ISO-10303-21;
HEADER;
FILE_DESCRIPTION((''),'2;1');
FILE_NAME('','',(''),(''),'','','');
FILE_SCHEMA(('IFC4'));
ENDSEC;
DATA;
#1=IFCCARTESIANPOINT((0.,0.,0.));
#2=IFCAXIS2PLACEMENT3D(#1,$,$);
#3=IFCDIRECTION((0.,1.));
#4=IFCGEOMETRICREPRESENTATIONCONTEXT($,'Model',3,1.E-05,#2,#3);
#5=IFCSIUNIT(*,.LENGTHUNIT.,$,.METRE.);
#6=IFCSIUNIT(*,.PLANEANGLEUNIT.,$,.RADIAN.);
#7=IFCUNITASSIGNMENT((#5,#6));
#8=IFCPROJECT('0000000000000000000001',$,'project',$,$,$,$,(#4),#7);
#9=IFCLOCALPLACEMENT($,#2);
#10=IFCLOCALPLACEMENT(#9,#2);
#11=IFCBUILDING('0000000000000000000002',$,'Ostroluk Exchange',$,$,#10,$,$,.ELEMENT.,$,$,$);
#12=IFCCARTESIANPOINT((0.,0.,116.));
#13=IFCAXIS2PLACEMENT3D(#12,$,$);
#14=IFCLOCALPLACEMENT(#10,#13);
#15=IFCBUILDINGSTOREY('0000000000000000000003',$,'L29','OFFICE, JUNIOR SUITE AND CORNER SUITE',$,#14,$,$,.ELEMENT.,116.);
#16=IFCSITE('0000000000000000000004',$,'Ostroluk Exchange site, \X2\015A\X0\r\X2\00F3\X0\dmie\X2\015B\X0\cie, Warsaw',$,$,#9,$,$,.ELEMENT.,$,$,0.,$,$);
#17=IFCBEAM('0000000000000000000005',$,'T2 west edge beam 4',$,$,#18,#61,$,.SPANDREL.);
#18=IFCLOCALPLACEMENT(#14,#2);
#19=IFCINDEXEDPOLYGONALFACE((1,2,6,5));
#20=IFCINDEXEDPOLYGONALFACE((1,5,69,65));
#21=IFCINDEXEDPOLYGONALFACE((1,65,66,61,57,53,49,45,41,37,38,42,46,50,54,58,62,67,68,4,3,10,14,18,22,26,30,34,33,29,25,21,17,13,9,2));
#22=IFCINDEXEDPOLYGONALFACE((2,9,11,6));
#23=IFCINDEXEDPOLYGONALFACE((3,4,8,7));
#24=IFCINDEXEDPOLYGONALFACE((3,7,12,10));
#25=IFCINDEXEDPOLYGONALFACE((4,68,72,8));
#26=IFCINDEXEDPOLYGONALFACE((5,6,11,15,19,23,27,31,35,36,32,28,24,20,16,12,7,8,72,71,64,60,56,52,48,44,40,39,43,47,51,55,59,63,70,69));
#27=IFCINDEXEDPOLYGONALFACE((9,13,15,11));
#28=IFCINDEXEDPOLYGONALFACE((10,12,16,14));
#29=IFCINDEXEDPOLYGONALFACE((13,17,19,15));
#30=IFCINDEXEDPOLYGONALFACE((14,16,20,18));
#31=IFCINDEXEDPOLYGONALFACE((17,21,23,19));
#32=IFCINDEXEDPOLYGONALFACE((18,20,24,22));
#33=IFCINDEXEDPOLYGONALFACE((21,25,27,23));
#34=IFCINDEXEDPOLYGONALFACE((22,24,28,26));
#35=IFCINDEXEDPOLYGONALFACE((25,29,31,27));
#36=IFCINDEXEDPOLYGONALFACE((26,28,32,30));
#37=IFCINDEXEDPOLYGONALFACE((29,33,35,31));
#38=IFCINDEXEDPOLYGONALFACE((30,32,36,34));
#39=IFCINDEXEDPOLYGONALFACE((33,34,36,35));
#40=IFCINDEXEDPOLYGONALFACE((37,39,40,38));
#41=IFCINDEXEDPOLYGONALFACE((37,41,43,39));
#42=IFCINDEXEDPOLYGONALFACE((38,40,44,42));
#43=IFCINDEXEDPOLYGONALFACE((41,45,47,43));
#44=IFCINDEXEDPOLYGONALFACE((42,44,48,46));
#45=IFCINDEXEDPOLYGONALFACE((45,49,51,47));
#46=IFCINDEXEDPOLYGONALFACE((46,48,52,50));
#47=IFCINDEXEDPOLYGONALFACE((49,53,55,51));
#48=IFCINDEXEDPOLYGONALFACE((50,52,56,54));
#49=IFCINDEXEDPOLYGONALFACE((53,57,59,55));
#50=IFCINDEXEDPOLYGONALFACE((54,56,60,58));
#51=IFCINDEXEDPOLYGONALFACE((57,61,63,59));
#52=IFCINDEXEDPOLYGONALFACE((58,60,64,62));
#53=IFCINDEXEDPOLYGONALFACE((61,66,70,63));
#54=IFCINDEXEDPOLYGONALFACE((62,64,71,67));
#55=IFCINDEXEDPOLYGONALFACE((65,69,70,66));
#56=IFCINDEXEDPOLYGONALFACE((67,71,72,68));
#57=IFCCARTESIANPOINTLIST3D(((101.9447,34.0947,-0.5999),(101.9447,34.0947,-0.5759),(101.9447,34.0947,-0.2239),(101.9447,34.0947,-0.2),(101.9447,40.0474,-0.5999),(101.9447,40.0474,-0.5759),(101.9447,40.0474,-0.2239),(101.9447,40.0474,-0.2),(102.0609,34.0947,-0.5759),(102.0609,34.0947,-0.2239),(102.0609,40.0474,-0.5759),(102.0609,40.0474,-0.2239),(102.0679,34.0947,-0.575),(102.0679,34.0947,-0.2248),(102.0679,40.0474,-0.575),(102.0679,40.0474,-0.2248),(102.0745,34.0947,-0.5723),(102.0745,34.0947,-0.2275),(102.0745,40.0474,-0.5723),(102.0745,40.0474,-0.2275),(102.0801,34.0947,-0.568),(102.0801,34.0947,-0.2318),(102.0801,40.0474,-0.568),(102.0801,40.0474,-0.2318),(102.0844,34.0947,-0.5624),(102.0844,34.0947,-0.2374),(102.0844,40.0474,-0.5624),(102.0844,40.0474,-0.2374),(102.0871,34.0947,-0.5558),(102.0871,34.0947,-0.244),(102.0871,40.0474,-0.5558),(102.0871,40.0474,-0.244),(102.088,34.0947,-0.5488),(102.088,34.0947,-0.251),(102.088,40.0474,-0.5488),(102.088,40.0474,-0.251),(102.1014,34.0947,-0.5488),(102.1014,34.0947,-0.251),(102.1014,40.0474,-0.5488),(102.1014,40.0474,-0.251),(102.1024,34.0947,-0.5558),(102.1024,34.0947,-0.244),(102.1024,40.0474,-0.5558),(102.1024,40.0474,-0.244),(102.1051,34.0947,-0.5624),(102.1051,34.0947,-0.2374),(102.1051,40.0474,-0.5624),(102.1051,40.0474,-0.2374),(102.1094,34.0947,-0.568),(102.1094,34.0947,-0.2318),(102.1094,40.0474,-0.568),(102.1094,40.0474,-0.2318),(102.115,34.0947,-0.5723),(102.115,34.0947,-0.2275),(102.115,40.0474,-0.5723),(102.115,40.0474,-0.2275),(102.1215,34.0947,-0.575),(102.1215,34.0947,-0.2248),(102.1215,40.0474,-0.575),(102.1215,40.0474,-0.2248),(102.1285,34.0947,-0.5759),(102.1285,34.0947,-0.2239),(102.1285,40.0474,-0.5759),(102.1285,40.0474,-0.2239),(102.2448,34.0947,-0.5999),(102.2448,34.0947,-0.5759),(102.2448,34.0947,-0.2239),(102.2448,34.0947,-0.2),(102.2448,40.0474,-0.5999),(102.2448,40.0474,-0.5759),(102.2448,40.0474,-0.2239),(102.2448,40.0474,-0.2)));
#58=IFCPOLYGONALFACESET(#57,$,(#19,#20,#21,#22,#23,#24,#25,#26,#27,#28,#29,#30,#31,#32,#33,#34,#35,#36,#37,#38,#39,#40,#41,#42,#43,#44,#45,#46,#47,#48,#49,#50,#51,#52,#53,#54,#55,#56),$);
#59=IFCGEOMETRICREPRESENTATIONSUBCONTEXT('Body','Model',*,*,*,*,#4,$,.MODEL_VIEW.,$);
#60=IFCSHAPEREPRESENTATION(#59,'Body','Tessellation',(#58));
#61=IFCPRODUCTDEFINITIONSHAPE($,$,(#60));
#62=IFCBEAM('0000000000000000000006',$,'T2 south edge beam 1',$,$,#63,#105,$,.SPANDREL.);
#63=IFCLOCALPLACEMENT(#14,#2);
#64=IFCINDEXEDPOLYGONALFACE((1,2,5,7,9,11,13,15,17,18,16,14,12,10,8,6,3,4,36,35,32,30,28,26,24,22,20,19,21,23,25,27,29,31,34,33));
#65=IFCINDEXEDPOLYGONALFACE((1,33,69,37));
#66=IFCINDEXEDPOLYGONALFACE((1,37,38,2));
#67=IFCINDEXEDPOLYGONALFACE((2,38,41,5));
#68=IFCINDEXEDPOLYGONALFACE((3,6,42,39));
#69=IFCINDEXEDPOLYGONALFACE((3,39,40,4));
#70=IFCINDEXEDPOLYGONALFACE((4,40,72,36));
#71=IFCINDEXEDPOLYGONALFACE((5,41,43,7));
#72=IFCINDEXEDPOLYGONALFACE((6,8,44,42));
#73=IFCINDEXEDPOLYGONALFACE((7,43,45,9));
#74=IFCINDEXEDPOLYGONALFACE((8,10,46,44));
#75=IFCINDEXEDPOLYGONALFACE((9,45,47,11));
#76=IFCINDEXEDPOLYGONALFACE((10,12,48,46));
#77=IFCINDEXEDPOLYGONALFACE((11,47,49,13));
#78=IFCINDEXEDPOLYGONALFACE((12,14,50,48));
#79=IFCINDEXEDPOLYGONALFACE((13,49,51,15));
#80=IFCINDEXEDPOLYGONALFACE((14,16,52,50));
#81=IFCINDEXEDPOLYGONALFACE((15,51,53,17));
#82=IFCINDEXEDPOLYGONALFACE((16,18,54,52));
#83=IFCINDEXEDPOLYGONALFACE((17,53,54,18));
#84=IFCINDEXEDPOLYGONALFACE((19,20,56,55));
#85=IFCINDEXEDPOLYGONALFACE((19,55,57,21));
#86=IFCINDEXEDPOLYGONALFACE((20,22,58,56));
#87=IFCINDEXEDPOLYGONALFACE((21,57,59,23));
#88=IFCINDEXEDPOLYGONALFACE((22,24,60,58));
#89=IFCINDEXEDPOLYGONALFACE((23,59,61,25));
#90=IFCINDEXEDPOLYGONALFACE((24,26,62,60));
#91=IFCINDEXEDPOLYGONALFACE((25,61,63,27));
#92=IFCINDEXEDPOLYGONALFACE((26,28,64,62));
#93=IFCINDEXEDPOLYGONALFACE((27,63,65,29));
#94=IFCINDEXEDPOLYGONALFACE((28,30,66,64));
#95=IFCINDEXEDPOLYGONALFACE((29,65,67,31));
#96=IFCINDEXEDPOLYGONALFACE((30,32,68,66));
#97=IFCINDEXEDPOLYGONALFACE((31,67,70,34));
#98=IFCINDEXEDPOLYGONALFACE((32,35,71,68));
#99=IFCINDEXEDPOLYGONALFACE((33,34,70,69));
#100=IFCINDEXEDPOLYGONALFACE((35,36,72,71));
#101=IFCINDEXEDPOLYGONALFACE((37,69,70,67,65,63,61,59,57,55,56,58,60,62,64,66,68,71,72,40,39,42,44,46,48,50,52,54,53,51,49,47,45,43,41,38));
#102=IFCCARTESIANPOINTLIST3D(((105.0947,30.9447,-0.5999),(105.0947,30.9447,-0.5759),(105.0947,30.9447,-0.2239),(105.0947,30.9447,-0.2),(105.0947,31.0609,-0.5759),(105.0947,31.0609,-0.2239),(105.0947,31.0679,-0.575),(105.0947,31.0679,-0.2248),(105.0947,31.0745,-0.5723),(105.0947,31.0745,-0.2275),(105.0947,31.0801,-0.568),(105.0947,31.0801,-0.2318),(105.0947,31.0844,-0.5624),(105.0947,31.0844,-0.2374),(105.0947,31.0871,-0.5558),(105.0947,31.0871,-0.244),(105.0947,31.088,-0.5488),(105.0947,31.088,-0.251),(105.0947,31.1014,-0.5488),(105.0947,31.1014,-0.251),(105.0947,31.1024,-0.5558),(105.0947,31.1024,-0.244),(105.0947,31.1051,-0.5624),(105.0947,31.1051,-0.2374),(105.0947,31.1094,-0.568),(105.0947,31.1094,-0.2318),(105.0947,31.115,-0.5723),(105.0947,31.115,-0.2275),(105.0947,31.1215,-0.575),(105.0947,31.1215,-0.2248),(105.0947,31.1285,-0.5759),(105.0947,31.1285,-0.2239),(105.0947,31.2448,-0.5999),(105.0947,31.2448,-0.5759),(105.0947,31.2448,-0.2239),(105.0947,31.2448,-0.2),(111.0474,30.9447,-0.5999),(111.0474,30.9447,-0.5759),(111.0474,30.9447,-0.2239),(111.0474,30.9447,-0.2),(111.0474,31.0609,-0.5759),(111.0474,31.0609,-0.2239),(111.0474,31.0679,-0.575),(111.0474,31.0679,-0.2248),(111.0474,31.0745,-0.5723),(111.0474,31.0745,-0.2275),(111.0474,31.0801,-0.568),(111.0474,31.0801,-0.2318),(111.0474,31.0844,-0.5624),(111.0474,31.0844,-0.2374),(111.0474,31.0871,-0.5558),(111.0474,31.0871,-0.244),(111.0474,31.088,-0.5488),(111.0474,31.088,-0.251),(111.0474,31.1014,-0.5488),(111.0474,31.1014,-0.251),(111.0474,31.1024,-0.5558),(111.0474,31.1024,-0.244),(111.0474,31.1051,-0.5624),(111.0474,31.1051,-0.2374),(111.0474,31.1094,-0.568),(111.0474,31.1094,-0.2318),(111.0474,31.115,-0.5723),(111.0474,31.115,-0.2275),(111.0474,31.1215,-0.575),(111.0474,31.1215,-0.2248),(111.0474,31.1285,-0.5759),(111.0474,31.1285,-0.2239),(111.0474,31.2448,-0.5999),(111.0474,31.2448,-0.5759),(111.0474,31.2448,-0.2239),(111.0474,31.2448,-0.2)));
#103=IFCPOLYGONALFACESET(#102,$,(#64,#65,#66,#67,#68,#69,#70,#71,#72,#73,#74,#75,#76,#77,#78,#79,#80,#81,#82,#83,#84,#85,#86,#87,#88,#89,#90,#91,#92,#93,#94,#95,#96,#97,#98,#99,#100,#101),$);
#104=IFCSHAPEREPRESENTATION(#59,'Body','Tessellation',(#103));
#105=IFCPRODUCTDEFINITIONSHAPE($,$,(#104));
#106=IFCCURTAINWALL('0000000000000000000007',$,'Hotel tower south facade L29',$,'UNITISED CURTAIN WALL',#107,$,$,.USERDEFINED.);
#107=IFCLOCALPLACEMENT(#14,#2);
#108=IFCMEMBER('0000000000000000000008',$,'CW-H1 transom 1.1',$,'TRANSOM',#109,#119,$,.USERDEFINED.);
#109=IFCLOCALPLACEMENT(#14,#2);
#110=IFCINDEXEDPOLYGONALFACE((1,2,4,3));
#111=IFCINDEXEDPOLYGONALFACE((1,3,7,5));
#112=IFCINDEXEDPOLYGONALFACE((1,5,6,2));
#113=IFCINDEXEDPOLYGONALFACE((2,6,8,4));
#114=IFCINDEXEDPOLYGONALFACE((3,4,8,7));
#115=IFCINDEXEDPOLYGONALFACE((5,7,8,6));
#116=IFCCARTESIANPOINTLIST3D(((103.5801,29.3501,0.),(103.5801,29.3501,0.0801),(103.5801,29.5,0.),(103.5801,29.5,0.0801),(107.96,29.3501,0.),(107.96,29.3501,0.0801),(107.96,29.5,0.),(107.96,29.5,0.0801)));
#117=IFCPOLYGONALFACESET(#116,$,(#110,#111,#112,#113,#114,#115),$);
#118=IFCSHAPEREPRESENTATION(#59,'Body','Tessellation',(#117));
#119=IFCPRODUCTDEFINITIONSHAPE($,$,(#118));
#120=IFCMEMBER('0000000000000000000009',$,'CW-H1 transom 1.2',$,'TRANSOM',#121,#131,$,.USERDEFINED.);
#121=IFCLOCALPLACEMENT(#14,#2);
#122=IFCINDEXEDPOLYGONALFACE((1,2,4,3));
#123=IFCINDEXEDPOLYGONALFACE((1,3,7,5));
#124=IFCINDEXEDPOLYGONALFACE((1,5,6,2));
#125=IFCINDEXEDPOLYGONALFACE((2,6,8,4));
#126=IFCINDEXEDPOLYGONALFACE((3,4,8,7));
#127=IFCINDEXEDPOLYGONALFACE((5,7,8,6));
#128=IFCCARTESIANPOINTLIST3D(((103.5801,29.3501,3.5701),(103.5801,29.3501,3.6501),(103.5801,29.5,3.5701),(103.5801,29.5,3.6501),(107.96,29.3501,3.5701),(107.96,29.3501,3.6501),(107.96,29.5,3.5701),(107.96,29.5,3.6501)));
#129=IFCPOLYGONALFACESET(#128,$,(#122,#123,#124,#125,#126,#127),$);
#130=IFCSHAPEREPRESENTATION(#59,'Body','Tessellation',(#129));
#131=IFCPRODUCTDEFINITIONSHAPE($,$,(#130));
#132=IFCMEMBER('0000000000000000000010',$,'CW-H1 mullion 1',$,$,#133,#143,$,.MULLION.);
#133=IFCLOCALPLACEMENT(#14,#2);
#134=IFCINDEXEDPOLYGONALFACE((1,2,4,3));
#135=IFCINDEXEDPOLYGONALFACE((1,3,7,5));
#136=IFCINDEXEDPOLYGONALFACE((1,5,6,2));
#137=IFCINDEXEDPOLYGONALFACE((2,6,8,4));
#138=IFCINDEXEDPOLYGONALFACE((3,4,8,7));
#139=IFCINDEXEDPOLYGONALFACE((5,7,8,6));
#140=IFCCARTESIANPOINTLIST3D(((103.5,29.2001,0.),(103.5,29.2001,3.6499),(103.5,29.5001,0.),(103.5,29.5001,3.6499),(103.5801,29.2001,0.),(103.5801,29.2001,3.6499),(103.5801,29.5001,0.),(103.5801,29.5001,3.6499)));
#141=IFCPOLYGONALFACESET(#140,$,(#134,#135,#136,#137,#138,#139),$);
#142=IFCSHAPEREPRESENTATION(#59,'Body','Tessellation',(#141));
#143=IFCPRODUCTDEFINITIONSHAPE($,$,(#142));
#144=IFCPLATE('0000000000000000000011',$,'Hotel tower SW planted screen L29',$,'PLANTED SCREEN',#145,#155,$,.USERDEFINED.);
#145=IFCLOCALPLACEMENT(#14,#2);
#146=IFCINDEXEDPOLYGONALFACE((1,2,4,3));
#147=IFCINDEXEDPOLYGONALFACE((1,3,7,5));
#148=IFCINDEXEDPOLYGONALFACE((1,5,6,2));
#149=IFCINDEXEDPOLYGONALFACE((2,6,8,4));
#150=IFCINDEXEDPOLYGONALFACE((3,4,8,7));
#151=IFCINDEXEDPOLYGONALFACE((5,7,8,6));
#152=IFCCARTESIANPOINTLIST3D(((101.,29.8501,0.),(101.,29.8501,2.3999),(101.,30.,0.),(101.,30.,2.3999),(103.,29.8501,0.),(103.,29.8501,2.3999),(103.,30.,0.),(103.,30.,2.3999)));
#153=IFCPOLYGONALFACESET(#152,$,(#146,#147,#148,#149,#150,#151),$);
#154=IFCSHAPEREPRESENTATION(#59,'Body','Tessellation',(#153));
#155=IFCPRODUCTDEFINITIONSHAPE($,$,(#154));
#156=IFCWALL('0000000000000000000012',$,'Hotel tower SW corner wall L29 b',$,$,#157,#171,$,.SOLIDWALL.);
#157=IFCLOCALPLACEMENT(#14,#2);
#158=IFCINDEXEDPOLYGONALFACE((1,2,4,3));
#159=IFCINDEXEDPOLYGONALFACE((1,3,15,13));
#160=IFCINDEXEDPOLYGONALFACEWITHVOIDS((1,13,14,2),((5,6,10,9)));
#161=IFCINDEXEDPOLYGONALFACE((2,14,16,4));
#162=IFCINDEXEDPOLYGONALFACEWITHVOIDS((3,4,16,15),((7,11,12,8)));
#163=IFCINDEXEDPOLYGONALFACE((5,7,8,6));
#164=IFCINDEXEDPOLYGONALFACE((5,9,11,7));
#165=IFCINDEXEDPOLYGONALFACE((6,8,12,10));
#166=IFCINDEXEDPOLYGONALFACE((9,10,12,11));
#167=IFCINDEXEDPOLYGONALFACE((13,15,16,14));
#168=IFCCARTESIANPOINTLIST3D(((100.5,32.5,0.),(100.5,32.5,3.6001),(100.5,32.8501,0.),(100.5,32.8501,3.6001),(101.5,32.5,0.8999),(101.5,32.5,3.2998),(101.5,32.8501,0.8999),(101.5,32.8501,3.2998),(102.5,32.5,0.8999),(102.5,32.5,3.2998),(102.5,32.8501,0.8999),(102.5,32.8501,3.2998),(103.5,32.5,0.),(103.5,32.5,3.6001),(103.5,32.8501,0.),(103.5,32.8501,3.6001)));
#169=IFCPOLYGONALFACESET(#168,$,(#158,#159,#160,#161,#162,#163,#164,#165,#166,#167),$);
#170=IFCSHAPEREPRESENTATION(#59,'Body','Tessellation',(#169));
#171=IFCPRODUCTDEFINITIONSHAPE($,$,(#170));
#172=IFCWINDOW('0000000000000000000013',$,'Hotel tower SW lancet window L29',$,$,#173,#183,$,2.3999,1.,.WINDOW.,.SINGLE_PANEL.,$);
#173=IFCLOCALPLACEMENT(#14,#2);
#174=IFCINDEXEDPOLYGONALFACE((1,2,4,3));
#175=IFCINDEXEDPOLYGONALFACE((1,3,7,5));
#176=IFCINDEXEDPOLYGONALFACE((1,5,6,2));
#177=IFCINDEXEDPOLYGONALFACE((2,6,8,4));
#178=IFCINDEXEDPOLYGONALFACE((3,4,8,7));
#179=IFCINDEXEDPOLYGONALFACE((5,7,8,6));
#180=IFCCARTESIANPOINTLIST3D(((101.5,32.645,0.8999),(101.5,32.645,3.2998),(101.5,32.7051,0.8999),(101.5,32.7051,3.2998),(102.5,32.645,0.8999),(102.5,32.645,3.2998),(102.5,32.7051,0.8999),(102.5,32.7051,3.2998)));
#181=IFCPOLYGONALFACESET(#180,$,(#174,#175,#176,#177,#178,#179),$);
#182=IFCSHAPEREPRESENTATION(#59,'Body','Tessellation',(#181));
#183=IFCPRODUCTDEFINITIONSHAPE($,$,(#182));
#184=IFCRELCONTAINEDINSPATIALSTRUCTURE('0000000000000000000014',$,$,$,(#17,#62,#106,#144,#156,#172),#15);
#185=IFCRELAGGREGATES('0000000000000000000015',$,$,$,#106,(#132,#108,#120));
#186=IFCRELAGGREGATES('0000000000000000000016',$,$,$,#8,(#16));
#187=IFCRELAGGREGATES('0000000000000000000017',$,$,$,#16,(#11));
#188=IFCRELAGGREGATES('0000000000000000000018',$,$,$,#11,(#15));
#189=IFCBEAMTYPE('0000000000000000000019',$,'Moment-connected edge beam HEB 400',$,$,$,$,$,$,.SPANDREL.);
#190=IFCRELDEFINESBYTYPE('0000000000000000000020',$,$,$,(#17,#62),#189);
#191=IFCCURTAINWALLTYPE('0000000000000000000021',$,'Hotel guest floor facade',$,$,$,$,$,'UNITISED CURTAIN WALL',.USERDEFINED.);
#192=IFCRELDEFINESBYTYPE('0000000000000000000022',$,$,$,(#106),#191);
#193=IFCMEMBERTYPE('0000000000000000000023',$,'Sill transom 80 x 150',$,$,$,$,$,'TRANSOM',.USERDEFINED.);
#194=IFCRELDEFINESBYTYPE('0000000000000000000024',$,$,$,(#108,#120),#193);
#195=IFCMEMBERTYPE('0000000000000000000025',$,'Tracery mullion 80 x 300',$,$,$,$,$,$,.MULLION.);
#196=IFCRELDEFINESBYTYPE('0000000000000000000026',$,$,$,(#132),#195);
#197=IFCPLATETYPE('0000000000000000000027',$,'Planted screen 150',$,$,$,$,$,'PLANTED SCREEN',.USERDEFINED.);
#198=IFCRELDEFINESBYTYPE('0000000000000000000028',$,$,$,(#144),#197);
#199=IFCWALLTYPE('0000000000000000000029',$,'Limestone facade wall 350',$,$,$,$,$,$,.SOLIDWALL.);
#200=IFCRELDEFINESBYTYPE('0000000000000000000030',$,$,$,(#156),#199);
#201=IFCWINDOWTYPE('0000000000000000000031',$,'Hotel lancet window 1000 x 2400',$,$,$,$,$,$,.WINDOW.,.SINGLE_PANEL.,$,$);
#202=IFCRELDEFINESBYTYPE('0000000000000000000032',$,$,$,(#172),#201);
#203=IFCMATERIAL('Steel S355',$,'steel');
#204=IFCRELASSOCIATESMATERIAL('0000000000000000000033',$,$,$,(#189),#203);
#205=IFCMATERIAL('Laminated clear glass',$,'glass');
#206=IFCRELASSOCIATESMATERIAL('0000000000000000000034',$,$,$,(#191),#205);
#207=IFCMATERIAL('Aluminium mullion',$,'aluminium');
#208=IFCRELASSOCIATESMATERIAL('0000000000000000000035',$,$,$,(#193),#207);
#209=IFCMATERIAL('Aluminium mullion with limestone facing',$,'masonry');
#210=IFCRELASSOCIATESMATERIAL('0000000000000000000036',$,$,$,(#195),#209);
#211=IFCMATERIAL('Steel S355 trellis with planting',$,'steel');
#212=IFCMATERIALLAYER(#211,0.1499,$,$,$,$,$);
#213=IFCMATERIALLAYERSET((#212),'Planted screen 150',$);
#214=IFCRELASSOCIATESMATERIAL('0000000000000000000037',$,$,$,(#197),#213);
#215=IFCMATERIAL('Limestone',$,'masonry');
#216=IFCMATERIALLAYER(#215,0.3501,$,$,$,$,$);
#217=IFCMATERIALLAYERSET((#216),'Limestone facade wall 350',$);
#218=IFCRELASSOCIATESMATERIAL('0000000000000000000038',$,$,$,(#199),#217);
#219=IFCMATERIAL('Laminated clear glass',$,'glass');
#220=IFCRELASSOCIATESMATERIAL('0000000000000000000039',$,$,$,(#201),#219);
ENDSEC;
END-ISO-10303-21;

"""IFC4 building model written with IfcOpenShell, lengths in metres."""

from ifc_helpers import new_model, si_unit, direction, frame, frame_2d, origin, origin_2d, place, context, subcontext, project, spatial, rectangle, i_section, extrude, material, layer, layer_set, material_profile, profile_set, type_object, element, fill, aggregate, save


model = new_model("IFC4")

# Units and contexts
model_context = context("Model", 3, precision=1e-05, world=origin(), true_north=direction((0.0, 1.0)))
body_context = subcontext(model_context, "Body", "Model", "MODEL_VIEW")
ifc_project = project(units=[si_unit("LENGTHUNIT", "METRE"), si_unit("PLANEANGLEUNIT", "RADIAN")], contexts=[model_context])

# Site, building, storey
site_placement = place(None, origin())
site = spatial("IfcSite", under=ifc_project, at=site_placement, Name="Ostroluk Exchange site, Śródmieście, Warsaw", CompositionType="ELEMENT", RefElevation=0.0)
building_placement = place(site_placement, origin())
building = spatial("IfcBuilding", under=site, at=building_placement, Name="Ostroluk Exchange", CompositionType="ELEMENT")
storey_placement = place(building_placement, frame((0.0, 0.0, 116.0)))
storey = spatial("IfcBuildingStorey", under=building, at=storey_placement, Name="L29", Description="OFFICE, JUNIOR SUITE AND CORNER SUITE", CompositionType="ELEMENT", Elevation=116.0)

# Beams
ifc_material_1 = material(Name="Steel S355", Category="steel")
ifc_material_profile_1 = material_profile(ifc_material_1, i_section(OverallWidth=0.3, OverallDepth=0.3999, WebThickness=0.0134, FlangeThickness=0.0239, FilletRadius=0.0271, at=origin_2d()), Name="HEB 400")
ifc_profile_set_1 = profile_set([ifc_material_profile_1], Name="Steel S355")
beam_type_1 = type_object("IfcBeamType", Name="Moment-connected edge beam HEB 400", PredefinedType="SPANDREL", material=ifc_profile_set_1)
for number, where, z_axis, x_axis, name in (
    (1, (102.0947, 40.0474, -0.3999), (0.0, -1.0, 0.0), (1.0, 0.0, 0.0), "T2 west edge beam 4"),
    (2, (105.0947, 31.0947, -0.3999), (1.0, 0.0, 0.0), (0.0, 1.0, 0.0), "T2 south edge beam 1"),
):
    element("IfcBeam", number, at=place(storey_placement, frame(where, z_axis=z_axis, x_axis=x_axis)), inside=storey, type_object=beam_type_1, Name=name, PredefinedType="SPANDREL", context=body_context, shape_type="SweptSolid", body=[
        extrude(i_section(OverallWidth=0.3, OverallDepth=0.3999, WebThickness=0.0134, FlangeThickness=0.0239, FilletRadius=0.0271, at=origin_2d()), origin(), (0.0, 0.0, 1.0), 5.9526),
    ])

# Curtain wall, members
ifc_material_2 = material(Name="Laminated clear glass", Category="glass")
curtain_wall_type = type_object("IfcCurtainWallType", Name="Hotel guest floor facade", ElementType="UNITISED CURTAIN WALL", PredefinedType="USERDEFINED", material=ifc_material_2)
curtain_wall_placement = place(storey_placement, origin())
curtain_wall = element("IfcCurtainWall", 3, at=curtain_wall_placement, inside=storey, type_object=curtain_wall_type, Name="Hotel tower south facade L29", ObjectType="UNITISED CURTAIN WALL", PredefinedType="USERDEFINED")
ifc_material_3 = material(Name="Aluminium mullion", Category="aluminium")
ifc_material_profile_2 = material_profile(ifc_material_3, rectangle(XDim=0.1499, YDim=0.0801, at=origin_2d()), Name="Sill transom 80 x 150")
ifc_profile_set_2 = profile_set([ifc_material_profile_2], Name="Aluminium mullion")
member_type_1 = type_object("IfcMemberType", Name="Sill transom 80 x 150", ElementType="TRANSOM", PredefinedType="USERDEFINED", material=ifc_profile_set_2)
member_1_placement = place(storey_placement, frame((103.5801, 29.425, 0.04), z_axis=(1.0, 0.0, 0.0), x_axis=(0.0, 1.0, 0.0)))
member_1 = element("IfcMember", 4, at=member_1_placement, type_object=member_type_1, Name="CW-H1 transom 1.1", ObjectType="TRANSOM", PredefinedType="USERDEFINED", context=body_context, shape_type="SweptSolid", body=[
    extrude(rectangle(XDim=0.1499, YDim=0.0801, at=origin_2d()), origin(), (0.0, 0.0, 1.0), 4.3799),
])
member_2_placement = place(storey_placement, frame((103.5801, 29.425, 3.6101), z_axis=(1.0, 0.0, 0.0), x_axis=(0.0, 1.0, 0.0)))
member_2 = element("IfcMember", 5, at=member_2_placement, type_object=member_type_1, Name="CW-H1 transom 1.2", ObjectType="TRANSOM", PredefinedType="USERDEFINED", context=body_context, shape_type="SweptSolid", body=[
    extrude(rectangle(XDim=0.1499, YDim=0.0801, at=origin_2d()), origin(), (0.0, 0.0, 1.0), 4.3799),
])
ifc_material_4 = material(Name="Aluminium mullion with limestone facing", Category="masonry")
ifc_material_profile_3 = material_profile(ifc_material_4, rectangle(XDim=0.3, YDim=0.0801, at=origin_2d()), Name="Tracery mullion 80 x 300")
ifc_profile_set_3 = profile_set([ifc_material_profile_3], Name="Aluminium mullion with limestone facing")
member_type_2 = type_object("IfcMemberType", Name="Tracery mullion 80 x 300", PredefinedType="MULLION", material=ifc_profile_set_3)
member_3_placement = place(storey_placement, frame((103.54, 29.3501, 0.0), z_axis=(0.0, 0.0, 1.0), x_axis=(0.0, 1.0, 0.0)))
member_3 = element("IfcMember", 6, at=member_3_placement, type_object=member_type_2, Name="CW-H1 mullion 1", PredefinedType="MULLION", context=body_context, shape_type="SweptSolid", body=[
    extrude(rectangle(XDim=0.3, YDim=0.0801, at=origin_2d()), origin(), (0.0, 0.0, 1.0), 3.6499),
])
aggregate(curtain_wall, [member_3, member_1, member_2])

# Plate
ifc_material_5 = material(Name="Steel S355 trellis with planting", Category="steel")
ifc_layer_1 = layer(ifc_material_5, 0.1499)
ifc_layer_set_1 = layer_set([ifc_layer_1], Name="Planted screen 150")
plate_type = type_object("IfcPlateType", Name="Planted screen 150", ElementType="PLANTED SCREEN", PredefinedType="USERDEFINED", material=ifc_layer_set_1)
plate_placement = place(storey_placement, frame((102.0, 29.925, 0.0), z_axis=(0.0, 0.0, 1.0), x_axis=(1.0, 0.0, 0.0)))
element("IfcPlate", 7, at=plate_placement, inside=storey, type_object=plate_type, Name="Hotel tower SW planted screen L29", ObjectType="PLANTED SCREEN", PredefinedType="USERDEFINED", context=body_context, shape_type="SweptSolid", body=[
    extrude(rectangle(XDim=2.0, YDim=0.1499, at=origin_2d()), origin(), (0.0, 0.0, 1.0), 2.3999),
])

# Shared definitions
ifc_material_6 = material(Name="Limestone", Category="masonry")
ifc_layer_2 = layer(ifc_material_6, 0.3501)
ifc_layer_set_2 = layer_set([ifc_layer_2], Name="Limestone facade wall 350")
wall_type_1 = type_object("IfcWallType", Name="Limestone facade wall 350", PredefinedType="SOLIDWALL", material=ifc_layer_set_2)

# Wall, opening, window
wall_1_placement = place(storey_placement, frame((103.5, 32.675, 0.0), z_axis=(0.0, 0.0, 1.0), x_axis=(-1.0, 0.0, 0.0)))
wall_1 = element("IfcWall", 8, at=wall_1_placement, inside=storey, type_object=wall_type_1, Name="Hotel tower SW corner wall L29 b", PredefinedType="SOLIDWALL", context=body_context, shape_type="SweptSolid", body=[
    extrude(rectangle(XDim=3.0, YDim=0.3501, at=frame_2d((1.5, 0.0))), origin(), (0.0, 0.0, 1.0), 3.6001),
])
opening_1_placement = place(wall_1_placement, frame((1.0, 0.0, 0.8999)))
opening_1 = element("IfcOpeningElement", 9, at=opening_1_placement, cuts=wall_1, PredefinedType="OPENING", context=body_context, shape_type="SweptSolid", body=[
    extrude(rectangle(XDim=1.0, YDim=2.3999, at=frame_2d((0.5, 1.2))), frame((0.0, 0.1851, 0.0), z_axis=(0.0, -1.0, 0.0), x_axis=(1.0, 0.0, 0.0)), (0.0, 0.0, 1.0), 0.3701),
])
ifc_material_7 = material(Name="Laminated clear glass", Category="glass")
window_type = type_object("IfcWindowType", Name="Hotel lancet window 1000 x 2400", PartitioningType="SINGLE_PANEL", PredefinedType="WINDOW", material=ifc_material_7)
window_placement = place(opening_1_placement, origin())
window = element("IfcWindow", 10, at=window_placement, inside=storey, type_object=window_type, Name="Hotel tower SW lancet window L29", OverallHeight=2.3999, OverallWidth=1.0, PartitioningType="SINGLE_PANEL", PredefinedType="WINDOW", context=body_context, shape_type="SweptSolid", body=[
    extrude(rectangle(XDim=1.0, YDim=2.3999, at=frame_2d((0.5, 1.2))), frame((0.0, 0.03, 0.0), z_axis=(0.0, -1.0, 0.0), x_axis=(1.0, 0.0, 0.0)), (0.0, 0.0, 1.0), 0.0601),
])
fill(opening_1, window)

save(model, "model.ifc")
